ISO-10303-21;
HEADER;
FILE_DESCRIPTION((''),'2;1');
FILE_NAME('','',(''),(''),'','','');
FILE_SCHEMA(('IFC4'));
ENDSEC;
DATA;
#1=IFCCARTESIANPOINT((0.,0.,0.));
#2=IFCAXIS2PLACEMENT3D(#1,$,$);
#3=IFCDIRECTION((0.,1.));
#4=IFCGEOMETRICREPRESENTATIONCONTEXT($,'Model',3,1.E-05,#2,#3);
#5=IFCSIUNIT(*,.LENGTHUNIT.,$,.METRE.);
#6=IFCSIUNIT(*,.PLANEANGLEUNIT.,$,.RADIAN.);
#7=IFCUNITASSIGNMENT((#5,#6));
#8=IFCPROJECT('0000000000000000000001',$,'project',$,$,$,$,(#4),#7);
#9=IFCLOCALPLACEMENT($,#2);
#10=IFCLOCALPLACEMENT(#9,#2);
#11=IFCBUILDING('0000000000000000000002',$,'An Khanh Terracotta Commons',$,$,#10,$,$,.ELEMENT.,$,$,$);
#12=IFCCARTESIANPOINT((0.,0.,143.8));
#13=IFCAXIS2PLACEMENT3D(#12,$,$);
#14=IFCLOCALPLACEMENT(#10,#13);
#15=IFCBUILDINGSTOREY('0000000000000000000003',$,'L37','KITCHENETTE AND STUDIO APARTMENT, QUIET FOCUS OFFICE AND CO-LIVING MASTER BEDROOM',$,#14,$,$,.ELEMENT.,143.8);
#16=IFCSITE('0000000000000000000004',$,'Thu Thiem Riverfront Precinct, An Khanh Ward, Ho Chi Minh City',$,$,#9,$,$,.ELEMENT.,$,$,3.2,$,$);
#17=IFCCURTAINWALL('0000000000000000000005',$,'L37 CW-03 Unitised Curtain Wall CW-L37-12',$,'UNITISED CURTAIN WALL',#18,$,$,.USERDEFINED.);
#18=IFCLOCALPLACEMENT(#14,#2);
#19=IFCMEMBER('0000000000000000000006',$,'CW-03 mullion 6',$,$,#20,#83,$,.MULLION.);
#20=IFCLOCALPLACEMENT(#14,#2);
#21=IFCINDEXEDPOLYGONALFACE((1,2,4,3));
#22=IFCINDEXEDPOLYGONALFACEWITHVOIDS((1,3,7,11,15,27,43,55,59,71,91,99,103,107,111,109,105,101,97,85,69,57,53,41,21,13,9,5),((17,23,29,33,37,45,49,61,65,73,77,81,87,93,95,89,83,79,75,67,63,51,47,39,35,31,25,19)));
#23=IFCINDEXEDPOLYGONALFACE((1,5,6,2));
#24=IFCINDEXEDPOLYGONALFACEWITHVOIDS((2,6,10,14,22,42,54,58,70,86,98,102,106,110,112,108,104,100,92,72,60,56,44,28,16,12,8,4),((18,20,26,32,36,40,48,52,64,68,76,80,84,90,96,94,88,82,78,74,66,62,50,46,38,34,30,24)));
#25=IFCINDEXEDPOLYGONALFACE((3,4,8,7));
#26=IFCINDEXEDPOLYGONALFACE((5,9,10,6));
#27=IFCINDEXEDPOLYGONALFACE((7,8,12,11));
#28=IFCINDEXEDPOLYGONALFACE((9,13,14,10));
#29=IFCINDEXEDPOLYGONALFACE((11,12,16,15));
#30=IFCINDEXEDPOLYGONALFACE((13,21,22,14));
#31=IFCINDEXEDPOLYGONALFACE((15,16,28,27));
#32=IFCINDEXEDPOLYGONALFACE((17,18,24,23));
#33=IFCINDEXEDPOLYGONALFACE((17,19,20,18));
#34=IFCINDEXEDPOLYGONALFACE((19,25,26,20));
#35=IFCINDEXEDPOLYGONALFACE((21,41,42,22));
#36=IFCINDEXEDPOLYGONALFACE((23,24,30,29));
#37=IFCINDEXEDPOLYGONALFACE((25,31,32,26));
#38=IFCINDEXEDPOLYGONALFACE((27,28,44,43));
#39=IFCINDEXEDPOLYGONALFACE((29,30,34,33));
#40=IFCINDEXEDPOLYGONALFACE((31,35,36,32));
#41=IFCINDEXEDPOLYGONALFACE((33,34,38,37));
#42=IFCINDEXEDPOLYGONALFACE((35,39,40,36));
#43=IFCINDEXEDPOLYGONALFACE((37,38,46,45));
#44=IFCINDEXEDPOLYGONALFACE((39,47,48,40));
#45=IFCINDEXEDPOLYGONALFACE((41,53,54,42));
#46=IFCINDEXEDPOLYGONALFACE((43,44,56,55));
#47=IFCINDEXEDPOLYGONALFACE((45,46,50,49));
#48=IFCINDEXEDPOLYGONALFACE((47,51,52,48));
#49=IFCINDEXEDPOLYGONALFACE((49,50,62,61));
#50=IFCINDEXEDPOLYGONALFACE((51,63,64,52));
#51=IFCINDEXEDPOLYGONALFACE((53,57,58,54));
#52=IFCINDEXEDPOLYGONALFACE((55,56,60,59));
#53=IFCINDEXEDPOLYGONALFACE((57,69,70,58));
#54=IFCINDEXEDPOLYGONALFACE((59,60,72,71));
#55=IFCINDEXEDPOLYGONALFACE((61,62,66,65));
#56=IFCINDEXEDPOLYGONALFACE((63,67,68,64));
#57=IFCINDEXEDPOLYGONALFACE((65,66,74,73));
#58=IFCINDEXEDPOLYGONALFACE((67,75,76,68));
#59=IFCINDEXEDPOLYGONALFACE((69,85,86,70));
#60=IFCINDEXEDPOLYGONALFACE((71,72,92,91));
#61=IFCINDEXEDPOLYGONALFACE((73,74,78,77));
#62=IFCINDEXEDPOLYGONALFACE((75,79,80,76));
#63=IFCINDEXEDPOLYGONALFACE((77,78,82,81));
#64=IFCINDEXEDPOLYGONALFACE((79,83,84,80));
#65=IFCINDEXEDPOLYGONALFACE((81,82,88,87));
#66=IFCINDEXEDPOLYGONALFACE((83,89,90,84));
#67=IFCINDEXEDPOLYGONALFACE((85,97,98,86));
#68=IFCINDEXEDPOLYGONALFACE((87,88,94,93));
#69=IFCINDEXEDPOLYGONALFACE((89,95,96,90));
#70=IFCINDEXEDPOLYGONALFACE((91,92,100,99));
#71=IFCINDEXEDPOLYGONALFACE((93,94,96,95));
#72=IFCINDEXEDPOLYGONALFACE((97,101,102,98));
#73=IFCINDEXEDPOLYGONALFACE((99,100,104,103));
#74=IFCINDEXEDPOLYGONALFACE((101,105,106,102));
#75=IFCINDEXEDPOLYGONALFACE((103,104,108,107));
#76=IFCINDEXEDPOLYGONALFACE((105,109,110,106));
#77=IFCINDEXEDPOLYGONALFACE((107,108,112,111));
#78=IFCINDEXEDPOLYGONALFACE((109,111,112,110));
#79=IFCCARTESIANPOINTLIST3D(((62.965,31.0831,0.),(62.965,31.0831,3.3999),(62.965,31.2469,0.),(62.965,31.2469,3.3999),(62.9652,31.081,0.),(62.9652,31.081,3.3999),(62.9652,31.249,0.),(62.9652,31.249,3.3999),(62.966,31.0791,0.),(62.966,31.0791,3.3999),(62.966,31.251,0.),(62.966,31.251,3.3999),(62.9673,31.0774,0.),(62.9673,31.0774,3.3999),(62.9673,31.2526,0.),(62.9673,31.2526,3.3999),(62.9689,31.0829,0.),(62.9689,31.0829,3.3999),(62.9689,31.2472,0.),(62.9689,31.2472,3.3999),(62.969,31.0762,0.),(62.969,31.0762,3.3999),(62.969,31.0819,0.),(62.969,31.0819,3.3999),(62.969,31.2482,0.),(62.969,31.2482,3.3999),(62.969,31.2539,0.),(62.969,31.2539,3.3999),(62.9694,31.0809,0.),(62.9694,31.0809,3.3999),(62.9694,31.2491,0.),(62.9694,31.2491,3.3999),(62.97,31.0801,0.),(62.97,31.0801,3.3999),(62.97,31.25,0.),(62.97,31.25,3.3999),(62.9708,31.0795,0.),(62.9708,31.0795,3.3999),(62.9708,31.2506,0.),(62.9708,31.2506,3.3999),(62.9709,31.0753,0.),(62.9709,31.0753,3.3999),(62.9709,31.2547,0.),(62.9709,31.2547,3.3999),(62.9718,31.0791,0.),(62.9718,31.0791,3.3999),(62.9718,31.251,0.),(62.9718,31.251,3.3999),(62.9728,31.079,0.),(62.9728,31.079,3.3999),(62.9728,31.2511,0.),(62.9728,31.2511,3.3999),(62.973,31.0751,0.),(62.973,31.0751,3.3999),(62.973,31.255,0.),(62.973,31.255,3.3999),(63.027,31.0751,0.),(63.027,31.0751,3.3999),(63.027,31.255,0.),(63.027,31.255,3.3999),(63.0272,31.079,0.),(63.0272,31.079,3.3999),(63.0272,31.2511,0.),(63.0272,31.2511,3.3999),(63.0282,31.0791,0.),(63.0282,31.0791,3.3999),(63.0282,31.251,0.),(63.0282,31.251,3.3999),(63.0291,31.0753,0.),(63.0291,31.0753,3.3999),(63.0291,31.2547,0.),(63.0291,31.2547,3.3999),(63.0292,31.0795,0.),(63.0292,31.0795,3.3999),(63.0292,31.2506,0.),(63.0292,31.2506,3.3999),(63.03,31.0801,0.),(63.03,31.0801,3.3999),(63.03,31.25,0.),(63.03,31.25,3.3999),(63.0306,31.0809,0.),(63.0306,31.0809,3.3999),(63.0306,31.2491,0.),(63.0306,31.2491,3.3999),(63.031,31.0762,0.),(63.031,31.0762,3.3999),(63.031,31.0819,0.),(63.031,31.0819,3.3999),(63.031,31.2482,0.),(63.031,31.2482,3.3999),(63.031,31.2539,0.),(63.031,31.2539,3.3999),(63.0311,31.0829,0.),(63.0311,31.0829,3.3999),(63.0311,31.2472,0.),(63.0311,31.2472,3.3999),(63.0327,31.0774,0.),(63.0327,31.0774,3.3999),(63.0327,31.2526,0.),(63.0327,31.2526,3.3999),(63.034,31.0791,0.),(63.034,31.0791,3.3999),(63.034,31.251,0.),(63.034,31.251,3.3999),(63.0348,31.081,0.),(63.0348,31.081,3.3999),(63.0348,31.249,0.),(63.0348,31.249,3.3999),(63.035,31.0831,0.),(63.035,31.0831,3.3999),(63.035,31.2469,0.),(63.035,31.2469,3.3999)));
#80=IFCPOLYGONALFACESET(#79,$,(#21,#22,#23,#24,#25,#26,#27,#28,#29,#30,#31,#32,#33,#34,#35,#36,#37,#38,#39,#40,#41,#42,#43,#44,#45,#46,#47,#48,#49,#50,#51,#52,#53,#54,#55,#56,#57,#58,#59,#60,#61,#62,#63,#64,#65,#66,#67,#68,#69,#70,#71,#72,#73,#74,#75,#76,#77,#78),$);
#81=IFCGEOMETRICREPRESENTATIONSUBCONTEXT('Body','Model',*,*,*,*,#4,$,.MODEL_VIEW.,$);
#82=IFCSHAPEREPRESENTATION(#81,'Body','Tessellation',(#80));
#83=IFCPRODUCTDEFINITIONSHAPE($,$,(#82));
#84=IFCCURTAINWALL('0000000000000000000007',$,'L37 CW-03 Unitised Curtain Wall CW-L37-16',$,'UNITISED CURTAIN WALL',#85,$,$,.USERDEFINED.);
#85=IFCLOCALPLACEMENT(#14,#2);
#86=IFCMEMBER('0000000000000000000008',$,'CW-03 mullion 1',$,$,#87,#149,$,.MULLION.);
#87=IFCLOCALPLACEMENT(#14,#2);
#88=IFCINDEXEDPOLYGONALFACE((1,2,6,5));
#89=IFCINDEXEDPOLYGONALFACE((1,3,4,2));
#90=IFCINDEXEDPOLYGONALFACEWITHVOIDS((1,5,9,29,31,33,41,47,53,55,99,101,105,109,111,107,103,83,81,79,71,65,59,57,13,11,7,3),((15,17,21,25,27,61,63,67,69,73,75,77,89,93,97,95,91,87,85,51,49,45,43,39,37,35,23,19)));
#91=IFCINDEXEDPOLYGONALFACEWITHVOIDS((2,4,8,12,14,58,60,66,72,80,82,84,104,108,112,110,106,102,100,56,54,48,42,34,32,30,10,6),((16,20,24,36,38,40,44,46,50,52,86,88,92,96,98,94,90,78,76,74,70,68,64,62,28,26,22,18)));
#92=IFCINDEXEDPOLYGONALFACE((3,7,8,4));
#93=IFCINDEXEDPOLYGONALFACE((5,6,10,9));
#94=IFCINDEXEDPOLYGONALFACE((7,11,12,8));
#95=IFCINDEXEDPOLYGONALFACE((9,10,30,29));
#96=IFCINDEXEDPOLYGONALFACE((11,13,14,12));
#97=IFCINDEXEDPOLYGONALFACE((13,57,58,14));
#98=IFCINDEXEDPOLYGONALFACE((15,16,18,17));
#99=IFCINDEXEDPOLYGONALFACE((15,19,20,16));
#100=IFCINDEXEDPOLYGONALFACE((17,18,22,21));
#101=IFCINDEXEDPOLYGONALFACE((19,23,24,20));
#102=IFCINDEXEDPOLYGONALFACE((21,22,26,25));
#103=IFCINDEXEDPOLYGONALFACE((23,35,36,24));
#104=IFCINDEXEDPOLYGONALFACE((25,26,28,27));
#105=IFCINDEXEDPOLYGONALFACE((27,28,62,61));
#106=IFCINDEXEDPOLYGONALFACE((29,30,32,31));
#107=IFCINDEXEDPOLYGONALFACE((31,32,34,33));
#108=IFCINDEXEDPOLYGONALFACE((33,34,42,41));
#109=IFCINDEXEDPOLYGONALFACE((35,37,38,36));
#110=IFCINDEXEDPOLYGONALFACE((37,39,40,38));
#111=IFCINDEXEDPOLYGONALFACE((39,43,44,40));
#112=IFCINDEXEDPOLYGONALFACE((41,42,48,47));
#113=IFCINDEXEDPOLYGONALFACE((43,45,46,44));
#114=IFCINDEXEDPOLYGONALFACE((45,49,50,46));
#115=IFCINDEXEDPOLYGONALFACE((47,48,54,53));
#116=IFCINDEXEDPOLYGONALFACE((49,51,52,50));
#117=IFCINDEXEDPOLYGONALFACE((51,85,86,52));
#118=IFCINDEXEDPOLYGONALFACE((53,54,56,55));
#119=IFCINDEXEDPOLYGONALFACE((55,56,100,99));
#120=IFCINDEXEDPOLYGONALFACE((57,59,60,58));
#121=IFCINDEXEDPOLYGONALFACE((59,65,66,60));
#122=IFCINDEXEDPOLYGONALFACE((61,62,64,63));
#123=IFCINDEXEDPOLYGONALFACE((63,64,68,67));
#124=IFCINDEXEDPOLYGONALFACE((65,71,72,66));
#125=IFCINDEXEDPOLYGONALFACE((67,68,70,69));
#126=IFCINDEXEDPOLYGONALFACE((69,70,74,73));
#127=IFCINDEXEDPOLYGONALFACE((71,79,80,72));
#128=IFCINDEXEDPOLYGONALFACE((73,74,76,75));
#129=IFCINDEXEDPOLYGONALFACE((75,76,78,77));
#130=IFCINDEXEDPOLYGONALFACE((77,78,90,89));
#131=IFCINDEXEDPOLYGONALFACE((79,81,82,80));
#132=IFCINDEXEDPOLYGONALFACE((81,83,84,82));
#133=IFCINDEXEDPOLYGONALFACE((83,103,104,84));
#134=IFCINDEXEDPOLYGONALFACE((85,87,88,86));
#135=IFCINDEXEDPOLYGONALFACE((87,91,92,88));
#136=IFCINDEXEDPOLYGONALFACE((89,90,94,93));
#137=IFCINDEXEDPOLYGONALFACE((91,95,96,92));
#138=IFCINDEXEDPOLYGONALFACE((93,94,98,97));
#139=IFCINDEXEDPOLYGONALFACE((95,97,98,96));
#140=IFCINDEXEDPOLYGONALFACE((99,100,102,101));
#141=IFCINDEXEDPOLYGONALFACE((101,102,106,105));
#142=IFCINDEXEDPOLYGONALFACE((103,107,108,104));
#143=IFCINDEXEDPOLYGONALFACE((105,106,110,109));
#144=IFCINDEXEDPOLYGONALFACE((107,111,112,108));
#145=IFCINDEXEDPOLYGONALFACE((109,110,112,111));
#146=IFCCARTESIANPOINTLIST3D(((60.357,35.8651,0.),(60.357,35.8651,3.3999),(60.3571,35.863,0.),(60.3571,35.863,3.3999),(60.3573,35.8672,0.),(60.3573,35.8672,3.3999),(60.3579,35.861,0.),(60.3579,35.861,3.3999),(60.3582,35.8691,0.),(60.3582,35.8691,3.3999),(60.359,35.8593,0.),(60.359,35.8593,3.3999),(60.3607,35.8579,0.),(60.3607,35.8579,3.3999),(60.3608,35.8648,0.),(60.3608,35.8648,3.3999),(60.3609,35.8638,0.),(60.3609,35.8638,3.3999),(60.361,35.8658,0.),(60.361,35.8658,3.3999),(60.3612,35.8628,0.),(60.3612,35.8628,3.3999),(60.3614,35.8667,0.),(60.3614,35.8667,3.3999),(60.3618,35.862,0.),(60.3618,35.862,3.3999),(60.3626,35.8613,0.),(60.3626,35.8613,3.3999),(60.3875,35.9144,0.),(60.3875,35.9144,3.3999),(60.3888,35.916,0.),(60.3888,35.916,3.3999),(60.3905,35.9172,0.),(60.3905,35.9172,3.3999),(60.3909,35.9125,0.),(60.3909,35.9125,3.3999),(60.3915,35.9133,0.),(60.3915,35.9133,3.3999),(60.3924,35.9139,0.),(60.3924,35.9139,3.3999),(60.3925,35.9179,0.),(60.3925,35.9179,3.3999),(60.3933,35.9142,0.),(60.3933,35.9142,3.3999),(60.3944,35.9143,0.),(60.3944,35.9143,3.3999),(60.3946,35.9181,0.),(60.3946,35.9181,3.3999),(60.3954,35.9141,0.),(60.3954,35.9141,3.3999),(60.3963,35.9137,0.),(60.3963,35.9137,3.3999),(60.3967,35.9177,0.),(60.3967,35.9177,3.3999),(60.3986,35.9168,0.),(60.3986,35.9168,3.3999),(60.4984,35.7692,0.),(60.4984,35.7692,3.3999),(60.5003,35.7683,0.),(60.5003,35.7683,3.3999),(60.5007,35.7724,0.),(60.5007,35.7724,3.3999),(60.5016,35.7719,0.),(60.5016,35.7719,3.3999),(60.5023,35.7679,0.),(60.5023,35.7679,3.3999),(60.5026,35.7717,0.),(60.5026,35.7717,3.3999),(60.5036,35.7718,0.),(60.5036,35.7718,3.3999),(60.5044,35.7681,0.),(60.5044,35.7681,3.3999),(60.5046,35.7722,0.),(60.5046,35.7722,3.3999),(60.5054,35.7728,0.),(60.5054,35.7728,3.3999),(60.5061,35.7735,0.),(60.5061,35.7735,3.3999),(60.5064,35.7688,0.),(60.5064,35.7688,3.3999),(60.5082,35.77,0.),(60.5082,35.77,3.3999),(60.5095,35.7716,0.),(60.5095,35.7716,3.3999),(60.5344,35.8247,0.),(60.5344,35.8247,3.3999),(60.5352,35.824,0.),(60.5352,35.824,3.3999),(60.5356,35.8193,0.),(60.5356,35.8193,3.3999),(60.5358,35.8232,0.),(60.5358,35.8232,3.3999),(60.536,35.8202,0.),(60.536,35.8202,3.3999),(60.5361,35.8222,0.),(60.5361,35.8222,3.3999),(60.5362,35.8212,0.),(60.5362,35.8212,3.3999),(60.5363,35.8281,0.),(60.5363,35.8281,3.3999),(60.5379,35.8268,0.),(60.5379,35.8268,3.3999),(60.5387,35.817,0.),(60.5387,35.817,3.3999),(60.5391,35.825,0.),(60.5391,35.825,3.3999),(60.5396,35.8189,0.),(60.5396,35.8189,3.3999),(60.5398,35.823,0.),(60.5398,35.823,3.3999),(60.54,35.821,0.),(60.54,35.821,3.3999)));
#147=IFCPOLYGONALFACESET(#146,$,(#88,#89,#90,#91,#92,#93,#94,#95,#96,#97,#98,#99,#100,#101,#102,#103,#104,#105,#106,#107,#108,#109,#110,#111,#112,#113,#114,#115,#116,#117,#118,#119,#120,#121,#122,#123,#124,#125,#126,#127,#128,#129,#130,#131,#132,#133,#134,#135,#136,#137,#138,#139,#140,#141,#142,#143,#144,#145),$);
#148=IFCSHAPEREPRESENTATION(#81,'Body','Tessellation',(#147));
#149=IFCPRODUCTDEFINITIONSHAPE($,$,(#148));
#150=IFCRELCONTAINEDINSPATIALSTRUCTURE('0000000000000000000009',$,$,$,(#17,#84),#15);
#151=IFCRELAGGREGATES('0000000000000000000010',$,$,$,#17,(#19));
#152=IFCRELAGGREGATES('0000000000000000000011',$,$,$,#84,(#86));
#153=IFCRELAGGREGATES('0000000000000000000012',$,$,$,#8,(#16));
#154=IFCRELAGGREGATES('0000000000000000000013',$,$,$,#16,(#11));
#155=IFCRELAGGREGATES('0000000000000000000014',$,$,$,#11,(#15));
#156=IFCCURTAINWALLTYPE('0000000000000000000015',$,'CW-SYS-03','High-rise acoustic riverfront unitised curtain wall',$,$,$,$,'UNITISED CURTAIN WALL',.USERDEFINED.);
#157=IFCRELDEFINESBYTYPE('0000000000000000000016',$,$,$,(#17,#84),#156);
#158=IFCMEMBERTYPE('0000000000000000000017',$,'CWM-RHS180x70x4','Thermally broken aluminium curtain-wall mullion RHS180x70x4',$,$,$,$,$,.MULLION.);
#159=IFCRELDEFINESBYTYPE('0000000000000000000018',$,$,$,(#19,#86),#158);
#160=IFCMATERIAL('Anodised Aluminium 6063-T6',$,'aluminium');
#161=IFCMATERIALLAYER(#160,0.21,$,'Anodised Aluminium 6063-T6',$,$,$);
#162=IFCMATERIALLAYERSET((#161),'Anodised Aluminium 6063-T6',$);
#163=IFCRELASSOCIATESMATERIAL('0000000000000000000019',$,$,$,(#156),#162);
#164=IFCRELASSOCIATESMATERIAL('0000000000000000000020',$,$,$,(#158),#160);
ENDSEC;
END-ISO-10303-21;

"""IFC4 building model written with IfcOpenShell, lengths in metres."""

from ifc_helpers import new_model, si_unit, direction, frame, origin, origin_2d, place, context, subcontext, project, spatial, hollow_rectangle, extrude, material, layer, layer_set, material_profile, profile_set, type_object, element, aggregate, save


model = new_model("IFC4")

# Units and contexts
model_context = context("Model", 3, precision=1e-05, world=origin(), true_north=direction((0.0, 1.0)))
body_context = subcontext(model_context, "Body", "Model", "MODEL_VIEW")
ifc_project = project(units=[si_unit("LENGTHUNIT", "METRE"), si_unit("PLANEANGLEUNIT", "RADIAN")], contexts=[model_context])

# Site, building, storey
site_placement = place(None, origin())
site = spatial("IfcSite", under=ifc_project, at=site_placement, Name="Thu Thiem Riverfront Precinct, An Khanh Ward, Ho Chi Minh City", CompositionType="ELEMENT", RefElevation=3.2)
building_placement = place(site_placement, origin())
building = spatial("IfcBuilding", under=site, at=building_placement, Name="An Khanh Terracotta Commons", CompositionType="ELEMENT")
storey_placement = place(building_placement, frame((0.0, 0.0, 143.8)))
storey = spatial("IfcBuildingStorey", under=building, at=storey_placement, Name="L37", Description="KITCHENETTE AND STUDIO APARTMENT, QUIET FOCUS OFFICE AND CO-LIVING MASTER BEDROOM", CompositionType="ELEMENT", Elevation=143.8)

# Curtain walls, members
ifc_material_1 = material(Name="Anodised Aluminium 6063-T6", Category="aluminium")
ifc_layer_1 = layer(ifc_material_1, 0.21, Name="Anodised Aluminium 6063-T6")
ifc_layer_set_1 = layer_set([ifc_layer_1], Name="Anodised Aluminium 6063-T6")
curtain_wall_type = type_object("IfcCurtainWallType", Name="CW-SYS-03", Description="High-rise acoustic riverfront unitised curtain wall", ElementType="UNITISED CURTAIN WALL", PredefinedType="USERDEFINED", material=ifc_layer_set_1)
curtain_wall_1_placement = place(storey_placement, origin())
curtain_wall_1 = element("IfcCurtainWall", 1, at=curtain_wall_1_placement, inside=storey, type_object=curtain_wall_type, Name="L37 CW-03 Unitised Curtain Wall CW-L37-12", ObjectType="UNITISED CURTAIN WALL", PredefinedType="USERDEFINED")
ifc_material_profile_1 = material_profile(ifc_material_1, hollow_rectangle(XDim=0.0701, YDim=0.1799, WallThickness=0.0039, InnerFilletRadius=0.0039, OuterFilletRadius=0.0081, at=origin_2d()), Name="RHS180x70x4")
ifc_profile_set_1 = profile_set([ifc_material_profile_1], Name="Anodised Aluminium 6063-T6")
member_type_1 = type_object("IfcMemberType", Name="CWM-RHS180x70x4", Description="Thermally broken aluminium curtain-wall mullion RHS180x70x4", PredefinedType="MULLION", material=ifc_profile_set_1)
member_1_placement = place(storey_placement, frame((63.0, 31.165, 0.0), z_axis=(0.0, 0.0, 1.0), x_axis=(-1.0, 0.0, 0.0)))
member_1 = element("IfcMember", 2, at=member_1_placement, type_object=member_type_1, Name="CW-03 mullion 6", PredefinedType="MULLION", context=body_context, shape_type="SweptSolid", body=[
    extrude(hollow_rectangle(XDim=0.0701, YDim=0.1799, WallThickness=0.0039, InnerFilletRadius=0.0039, OuterFilletRadius=0.0081, at=origin_2d()), origin(), (0.0, 0.0, 1.0), 3.3999),
])
curtain_wall_2_placement = place(storey_placement, origin())
curtain_wall_2 = element("IfcCurtainWall", 3, at=curtain_wall_2_placement, inside=storey, type_object=curtain_wall_type, Name="L37 CW-03 Unitised Curtain Wall CW-L37-16", ObjectType="UNITISED CURTAIN WALL", PredefinedType="USERDEFINED")
member_2_placement = place(storey_placement, frame((60.4485, 35.843, 0.0), z_axis=(0.0, 0.0, 1.0), x_axis=(-0.541498, -0.840702, 0.0)))
member_2 = element("IfcMember", 4, at=member_2_placement, type_object=member_type_1, Name="CW-03 mullion 1", PredefinedType="MULLION", context=body_context, shape_type="SweptSolid", body=[
    extrude(hollow_rectangle(XDim=0.0701, YDim=0.1799, WallThickness=0.0039, InnerFilletRadius=0.0039, OuterFilletRadius=0.0081, at=origin_2d()), origin(), (0.0, 0.0, 1.0), 3.3999),
])

aggregate(curtain_wall_1, [member_1])
aggregate(curtain_wall_2, [member_2])

save(model, "model.ifc")
